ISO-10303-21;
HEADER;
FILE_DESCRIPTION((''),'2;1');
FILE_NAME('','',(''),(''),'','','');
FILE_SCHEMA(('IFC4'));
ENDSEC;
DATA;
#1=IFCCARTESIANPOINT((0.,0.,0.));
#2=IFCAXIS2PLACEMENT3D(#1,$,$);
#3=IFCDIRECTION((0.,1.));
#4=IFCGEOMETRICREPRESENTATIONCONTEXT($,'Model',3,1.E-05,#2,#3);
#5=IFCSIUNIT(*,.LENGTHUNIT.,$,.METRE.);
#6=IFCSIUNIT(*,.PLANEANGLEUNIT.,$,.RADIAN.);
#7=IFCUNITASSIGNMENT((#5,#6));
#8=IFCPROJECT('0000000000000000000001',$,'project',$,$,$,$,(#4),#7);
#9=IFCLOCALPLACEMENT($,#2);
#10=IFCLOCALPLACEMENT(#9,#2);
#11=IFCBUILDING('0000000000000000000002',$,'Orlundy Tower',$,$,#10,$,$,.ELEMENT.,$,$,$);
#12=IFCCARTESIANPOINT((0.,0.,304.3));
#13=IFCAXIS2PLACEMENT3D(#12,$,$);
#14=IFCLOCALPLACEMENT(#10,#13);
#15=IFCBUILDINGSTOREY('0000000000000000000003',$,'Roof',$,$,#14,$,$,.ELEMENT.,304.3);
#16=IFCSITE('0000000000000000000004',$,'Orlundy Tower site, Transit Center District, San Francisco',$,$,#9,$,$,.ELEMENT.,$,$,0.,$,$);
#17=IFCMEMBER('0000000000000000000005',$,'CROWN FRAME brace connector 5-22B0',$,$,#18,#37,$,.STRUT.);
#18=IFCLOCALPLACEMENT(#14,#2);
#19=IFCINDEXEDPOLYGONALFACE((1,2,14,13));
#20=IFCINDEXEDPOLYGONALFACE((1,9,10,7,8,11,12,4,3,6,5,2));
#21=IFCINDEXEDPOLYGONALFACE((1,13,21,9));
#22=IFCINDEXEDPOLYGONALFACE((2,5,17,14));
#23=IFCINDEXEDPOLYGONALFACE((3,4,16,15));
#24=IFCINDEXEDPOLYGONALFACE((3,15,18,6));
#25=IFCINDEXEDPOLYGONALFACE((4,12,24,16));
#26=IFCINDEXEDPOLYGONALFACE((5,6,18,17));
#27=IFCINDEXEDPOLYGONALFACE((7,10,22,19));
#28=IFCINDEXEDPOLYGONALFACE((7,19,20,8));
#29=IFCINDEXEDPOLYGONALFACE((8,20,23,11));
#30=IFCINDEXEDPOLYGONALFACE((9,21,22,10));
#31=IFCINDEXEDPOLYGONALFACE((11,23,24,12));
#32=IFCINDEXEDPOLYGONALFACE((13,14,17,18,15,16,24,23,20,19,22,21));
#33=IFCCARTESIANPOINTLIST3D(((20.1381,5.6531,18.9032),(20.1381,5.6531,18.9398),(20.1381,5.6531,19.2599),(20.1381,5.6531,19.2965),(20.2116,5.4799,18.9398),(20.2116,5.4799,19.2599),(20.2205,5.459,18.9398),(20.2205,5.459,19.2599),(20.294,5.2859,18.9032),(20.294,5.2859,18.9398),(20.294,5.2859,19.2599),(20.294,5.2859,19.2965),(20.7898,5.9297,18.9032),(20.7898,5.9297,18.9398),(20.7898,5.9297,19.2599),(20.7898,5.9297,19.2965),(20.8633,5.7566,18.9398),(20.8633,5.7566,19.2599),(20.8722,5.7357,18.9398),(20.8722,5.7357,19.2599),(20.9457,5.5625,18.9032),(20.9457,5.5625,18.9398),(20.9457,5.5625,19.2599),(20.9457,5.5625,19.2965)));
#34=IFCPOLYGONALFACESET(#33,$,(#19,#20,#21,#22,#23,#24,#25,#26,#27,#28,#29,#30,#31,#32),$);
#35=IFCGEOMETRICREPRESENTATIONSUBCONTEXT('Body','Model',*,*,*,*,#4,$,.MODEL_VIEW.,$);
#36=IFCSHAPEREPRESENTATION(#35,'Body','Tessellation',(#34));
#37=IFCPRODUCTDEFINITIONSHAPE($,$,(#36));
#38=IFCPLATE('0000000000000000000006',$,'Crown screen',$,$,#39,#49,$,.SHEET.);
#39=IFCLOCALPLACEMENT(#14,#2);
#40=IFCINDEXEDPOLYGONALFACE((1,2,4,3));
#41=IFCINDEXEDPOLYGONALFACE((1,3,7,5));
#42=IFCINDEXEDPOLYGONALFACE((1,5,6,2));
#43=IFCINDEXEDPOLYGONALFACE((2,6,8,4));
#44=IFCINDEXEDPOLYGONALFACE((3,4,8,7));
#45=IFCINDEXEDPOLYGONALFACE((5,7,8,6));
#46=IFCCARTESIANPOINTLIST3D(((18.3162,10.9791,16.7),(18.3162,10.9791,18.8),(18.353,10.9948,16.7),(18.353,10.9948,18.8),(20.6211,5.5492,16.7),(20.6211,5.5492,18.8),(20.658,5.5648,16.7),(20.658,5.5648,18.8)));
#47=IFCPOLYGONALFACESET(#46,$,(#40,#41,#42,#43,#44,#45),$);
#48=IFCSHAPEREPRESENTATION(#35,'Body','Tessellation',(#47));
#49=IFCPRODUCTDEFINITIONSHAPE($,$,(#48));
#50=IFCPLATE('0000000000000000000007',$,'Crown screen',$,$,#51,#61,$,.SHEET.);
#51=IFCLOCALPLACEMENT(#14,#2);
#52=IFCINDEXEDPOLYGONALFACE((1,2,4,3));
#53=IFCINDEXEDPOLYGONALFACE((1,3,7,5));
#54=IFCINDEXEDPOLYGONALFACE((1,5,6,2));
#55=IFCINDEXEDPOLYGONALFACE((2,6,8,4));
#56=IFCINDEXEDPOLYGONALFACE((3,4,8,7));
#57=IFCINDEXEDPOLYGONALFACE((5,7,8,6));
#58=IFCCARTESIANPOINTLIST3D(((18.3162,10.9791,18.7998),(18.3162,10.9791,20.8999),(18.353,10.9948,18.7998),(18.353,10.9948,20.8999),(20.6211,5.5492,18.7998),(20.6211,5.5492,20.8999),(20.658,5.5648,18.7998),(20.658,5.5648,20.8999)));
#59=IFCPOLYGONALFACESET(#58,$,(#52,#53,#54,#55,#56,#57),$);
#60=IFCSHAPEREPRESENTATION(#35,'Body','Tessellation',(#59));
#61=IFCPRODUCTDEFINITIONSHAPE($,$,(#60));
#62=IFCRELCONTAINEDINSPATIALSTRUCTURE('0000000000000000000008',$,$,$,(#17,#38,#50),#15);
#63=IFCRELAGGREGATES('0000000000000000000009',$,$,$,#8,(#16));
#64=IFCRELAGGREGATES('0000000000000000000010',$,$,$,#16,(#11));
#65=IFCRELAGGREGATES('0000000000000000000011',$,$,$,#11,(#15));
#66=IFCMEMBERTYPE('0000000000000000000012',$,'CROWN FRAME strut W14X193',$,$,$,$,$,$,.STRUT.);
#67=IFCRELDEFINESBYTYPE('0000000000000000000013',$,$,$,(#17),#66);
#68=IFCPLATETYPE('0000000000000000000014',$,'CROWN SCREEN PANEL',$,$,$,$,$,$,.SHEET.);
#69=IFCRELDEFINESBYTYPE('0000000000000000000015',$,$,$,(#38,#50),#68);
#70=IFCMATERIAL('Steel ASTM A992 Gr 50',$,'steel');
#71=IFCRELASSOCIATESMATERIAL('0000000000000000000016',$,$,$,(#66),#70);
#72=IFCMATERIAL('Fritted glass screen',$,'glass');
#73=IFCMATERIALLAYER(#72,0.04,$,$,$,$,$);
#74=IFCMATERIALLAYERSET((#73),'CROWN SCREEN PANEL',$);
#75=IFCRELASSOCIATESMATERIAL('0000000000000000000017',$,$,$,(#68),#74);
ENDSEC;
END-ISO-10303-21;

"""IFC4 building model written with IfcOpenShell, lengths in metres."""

from ifc_helpers import new_model, si_unit, direction, frame, origin, origin_2d, place, context, subcontext, project, spatial, rectangle, i_section, extrude, material, layer, layer_set, material_profile, profile_set, type_object, element, save


model = new_model("IFC4")

# Units and contexts
model_context = context("Model", 3, precision=1e-05, world=origin(), true_north=direction((0.0, 1.0)))
body_context = subcontext(model_context, "Body", "Model", "MODEL_VIEW")
ifc_project = project(units=[si_unit("LENGTHUNIT", "METRE"), si_unit("PLANEANGLEUNIT", "RADIAN")], contexts=[model_context])

# Site, building, storey
site_placement = place(None, origin())
site = spatial("IfcSite", under=ifc_project, at=site_placement, Name="Orlundy Tower site, Transit Center District, San Francisco", CompositionType="ELEMENT", RefElevation=0.0)
building_placement = place(site_placement, origin())
building = spatial("IfcBuilding", under=site, at=building_placement, Name="Orlundy Tower", CompositionType="ELEMENT")
storey_placement = place(building_placement, frame((0.0, 0.0, 304.3)))
storey = spatial("IfcBuildingStorey", under=building, at=storey_placement, Name="Roof", CompositionType="ELEMENT", Elevation=304.3)

# Member
ifc_material_1 = material(Name="Steel ASTM A992 Gr 50", Category="steel")
ifc_material_profile_1 = material_profile(ifc_material_1, i_section(OverallWidth=0.3989, OverallDepth=0.3933, WebThickness=0.0227, FlangeThickness=0.0366, at=origin_2d()), Name="W14X193")
ifc_profile_set_1 = profile_set([ifc_material_profile_1], Name="Steel ASTM A992 Gr 50")
member_type = type_object("IfcMemberType", Name="CROWN FRAME strut W14X193", PredefinedType="STRUT", material=ifc_profile_set_1)
for number, where, z_axis, x_axis, name in (
    (1, (20.2161, 5.4695, 19.0999), (0.920495, 0.390754, 0.0), (-0.390754, 0.920495, 0.0), "CROWN FRAME brace connector 5-22B0"),
):
    element("IfcMember", number, at=place(storey_placement, frame(where, z_axis=z_axis, x_axis=x_axis)), inside=storey, type_object=member_type, Name=name, PredefinedType="STRUT", context=body_context, shape_type="SweptSolid", body=[
        extrude(i_section(OverallWidth=0.3989, OverallDepth=0.3933, WebThickness=0.0227, FlangeThickness=0.0366, at=origin_2d()), origin(), (0.0, 0.0, 1.0), 0.708),
    ])

# Plates
ifc_material_2 = material(Name="Fritted glass screen", Category="glass")
ifc_layer = layer(ifc_material_2, 0.04)
ifc_layer_set = layer_set([ifc_layer], Name="CROWN SCREEN PANEL")
plate_type = type_object("IfcPlateType", Name="CROWN SCREEN PANEL", PredefinedType="SHEET", material=ifc_layer_set)
for number, where, z_axis, x_axis, name in (
    (2, (19.4871, 8.272, 16.7), (0.0, 0.0, 1.0), (-0.390742, 0.9205, 0.0), "Crown screen"),
    (3, (19.4871, 8.272, 18.7998), (0.0, 0.0, 1.0), (-0.390742, 0.9205, 0.0), "Crown screen"),
):
    element("IfcPlate", number, at=place(storey_placement, frame(where, z_axis=z_axis, x_axis=x_axis)), inside=storey, type_object=plate_type, Name=name, PredefinedType="SHEET", context=body_context, shape_type="SweptSolid", body=[
        extrude(rectangle(XDim=5.8989, YDim=0.04, at=origin_2d()), origin(), (0.0, 0.0, 1.0), 2.1001),
    ])

save(model, "model.ifc")
